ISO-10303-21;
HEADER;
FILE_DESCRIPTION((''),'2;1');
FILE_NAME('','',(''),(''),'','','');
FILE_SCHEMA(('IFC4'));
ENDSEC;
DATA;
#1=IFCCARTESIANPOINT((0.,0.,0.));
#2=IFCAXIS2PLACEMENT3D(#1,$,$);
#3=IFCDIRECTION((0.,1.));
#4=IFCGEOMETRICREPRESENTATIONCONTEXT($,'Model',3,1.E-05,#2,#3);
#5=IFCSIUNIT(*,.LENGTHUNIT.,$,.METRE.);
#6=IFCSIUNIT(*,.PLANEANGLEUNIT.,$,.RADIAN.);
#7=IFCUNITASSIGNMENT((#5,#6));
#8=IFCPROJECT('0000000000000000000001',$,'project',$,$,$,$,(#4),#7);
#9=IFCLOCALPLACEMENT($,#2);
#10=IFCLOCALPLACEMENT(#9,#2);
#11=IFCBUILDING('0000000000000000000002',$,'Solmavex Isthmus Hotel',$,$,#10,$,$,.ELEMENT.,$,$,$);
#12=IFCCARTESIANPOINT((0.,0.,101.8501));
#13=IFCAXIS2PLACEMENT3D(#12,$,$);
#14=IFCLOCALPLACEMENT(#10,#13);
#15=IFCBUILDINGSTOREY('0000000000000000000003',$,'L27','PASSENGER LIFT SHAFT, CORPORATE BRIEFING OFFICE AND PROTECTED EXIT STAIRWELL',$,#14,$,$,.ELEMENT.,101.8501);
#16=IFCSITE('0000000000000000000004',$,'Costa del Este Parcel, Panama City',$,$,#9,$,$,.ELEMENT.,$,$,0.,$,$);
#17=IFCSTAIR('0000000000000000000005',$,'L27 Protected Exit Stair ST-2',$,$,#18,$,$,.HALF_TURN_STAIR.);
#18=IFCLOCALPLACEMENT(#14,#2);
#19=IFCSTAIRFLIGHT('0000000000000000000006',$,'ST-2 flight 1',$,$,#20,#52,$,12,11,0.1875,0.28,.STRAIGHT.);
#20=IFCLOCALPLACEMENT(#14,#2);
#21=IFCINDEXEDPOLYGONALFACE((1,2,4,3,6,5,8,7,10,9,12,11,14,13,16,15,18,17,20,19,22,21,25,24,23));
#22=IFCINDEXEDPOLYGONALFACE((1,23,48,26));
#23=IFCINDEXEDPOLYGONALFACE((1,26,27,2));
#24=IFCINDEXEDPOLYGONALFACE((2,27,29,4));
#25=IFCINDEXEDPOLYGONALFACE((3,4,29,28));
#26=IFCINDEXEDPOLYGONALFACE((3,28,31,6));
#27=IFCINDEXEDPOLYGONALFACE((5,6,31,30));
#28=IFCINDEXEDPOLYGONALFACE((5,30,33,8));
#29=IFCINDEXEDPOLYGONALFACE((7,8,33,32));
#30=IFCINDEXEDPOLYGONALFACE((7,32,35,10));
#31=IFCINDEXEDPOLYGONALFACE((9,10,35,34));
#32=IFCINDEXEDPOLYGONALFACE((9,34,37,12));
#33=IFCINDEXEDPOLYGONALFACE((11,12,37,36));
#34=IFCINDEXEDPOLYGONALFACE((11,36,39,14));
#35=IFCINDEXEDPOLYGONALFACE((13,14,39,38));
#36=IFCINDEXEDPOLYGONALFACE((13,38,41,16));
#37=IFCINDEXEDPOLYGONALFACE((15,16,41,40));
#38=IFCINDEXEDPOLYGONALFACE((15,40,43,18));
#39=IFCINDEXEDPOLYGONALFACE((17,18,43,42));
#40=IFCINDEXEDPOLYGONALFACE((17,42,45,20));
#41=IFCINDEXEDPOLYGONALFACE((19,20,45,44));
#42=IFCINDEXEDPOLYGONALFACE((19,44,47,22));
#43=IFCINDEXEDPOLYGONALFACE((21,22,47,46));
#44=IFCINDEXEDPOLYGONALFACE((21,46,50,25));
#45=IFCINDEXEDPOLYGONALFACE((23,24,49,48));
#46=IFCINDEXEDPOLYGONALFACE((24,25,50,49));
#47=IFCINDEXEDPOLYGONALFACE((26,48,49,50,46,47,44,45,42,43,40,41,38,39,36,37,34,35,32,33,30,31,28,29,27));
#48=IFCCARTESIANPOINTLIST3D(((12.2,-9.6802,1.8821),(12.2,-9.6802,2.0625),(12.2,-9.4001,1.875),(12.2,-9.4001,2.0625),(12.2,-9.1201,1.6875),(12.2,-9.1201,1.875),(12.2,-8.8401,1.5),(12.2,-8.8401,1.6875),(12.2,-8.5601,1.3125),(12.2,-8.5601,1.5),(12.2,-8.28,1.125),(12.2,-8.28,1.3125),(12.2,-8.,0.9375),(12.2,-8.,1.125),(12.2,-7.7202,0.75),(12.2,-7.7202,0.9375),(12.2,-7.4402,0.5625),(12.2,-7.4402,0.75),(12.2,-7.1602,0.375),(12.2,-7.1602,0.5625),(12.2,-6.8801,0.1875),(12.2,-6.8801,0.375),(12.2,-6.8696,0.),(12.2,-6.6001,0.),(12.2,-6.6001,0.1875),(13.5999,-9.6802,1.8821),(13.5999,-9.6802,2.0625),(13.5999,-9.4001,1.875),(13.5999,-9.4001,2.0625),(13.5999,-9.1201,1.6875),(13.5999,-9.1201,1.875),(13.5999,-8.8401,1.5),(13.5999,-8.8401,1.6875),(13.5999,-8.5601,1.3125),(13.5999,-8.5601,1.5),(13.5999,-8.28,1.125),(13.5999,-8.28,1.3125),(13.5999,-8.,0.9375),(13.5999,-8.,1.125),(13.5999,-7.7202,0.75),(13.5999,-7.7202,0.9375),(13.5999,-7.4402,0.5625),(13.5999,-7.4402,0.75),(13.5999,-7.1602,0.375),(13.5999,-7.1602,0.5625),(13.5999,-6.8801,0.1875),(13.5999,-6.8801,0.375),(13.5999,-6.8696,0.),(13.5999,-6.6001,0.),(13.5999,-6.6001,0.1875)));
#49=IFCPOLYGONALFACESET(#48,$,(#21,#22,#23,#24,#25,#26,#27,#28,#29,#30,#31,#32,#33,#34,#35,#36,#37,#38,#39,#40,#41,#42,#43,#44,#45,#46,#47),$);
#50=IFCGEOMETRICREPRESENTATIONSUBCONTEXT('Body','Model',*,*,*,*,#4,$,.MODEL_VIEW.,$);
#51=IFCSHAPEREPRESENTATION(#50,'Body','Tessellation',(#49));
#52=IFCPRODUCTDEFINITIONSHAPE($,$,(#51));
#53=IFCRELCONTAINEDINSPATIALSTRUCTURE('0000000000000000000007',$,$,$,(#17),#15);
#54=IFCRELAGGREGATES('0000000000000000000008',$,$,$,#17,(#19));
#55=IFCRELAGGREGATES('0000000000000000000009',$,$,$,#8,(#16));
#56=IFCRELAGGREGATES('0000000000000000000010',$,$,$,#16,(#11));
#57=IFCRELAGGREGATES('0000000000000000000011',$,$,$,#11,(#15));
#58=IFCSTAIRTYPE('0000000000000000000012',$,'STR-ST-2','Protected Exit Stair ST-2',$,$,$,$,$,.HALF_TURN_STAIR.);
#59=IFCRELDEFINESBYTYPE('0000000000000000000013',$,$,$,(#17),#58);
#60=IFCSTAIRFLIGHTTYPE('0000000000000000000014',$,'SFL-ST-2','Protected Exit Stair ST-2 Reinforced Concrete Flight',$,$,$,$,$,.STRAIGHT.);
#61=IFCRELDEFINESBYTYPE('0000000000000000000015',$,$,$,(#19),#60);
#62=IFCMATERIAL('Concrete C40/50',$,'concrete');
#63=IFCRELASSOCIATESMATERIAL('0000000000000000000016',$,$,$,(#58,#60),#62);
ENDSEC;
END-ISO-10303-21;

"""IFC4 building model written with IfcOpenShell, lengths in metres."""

from ifc_helpers import new_model, si_unit, direction, frame, origin, place, context, subcontext, project, spatial, polyline, outline, extrude, material, type_object, element, aggregate, save


model = new_model("IFC4")

# Units and contexts
model_context = context("Model", 3, precision=1e-05, world=origin(), true_north=direction((0.0, 1.0)))
body_context = subcontext(model_context, "Body", "Model", "MODEL_VIEW")
ifc_project = project(units=[si_unit("LENGTHUNIT", "METRE"), si_unit("PLANEANGLEUNIT", "RADIAN")], contexts=[model_context])

# Site, building, storey
site_placement = place(None, origin())
site = spatial("IfcSite", under=ifc_project, at=site_placement, Name="Costa del Este Parcel, Panama City", CompositionType="ELEMENT", RefElevation=0.0)
building_placement = place(site_placement, origin())
building = spatial("IfcBuilding", under=site, at=building_placement, Name="Solmavex Isthmus Hotel", CompositionType="ELEMENT")
storey_placement = place(building_placement, frame((0.0, 0.0, 101.8501)))
storey = spatial("IfcBuildingStorey", under=building, at=storey_placement, Name="L27", Description="PASSENGER LIFT SHAFT, CORPORATE BRIEFING OFFICE AND PROTECTED EXIT STAIRWELL", CompositionType="ELEMENT", Elevation=101.8501)

# Shared definitions
ifc_material_1 = material(Name="Concrete C40/50", Category="concrete")

# Stair, stair flight
stair_type = type_object("IfcStairType", Name="STR-ST-2", Description="Protected Exit Stair ST-2", PredefinedType="HALF_TURN_STAIR", material=ifc_material_1)
stair_placement = place(storey_placement, origin())
stair = element("IfcStair", 1, at=stair_placement, inside=storey, type_object=stair_type, Name="L27 Protected Exit Stair ST-2", PredefinedType="HALF_TURN_STAIR")
stair_flight_type = type_object("IfcStairFlightType", Name="SFL-ST-2", Description="Protected Exit Stair ST-2 Reinforced Concrete Flight", PredefinedType="STRAIGHT", material=ifc_material_1)
stair_flight_placement = place(storey_placement, frame((12.8999, -6.6001, 0.0), z_axis=(0.0, 0.0, 1.0), x_axis=(0.0, -1.0, 0.0)))
stair_flight = element("IfcStairFlight", 2, at=stair_flight_placement, type_object=stair_flight_type, Name="ST-2 flight 1", NumberOfRisers=12, NumberOfTreads=11, PredefinedType="STRAIGHT", RiserHeight=0.1875, TreadLength=0.28, context=body_context, shape_type="SweptSolid", body=[
    extrude(outline(polyline([(0.0, 0.0), (0.0, 0.1875), (0.28, 0.1875), (0.28, 0.375), (0.5601, 0.375), (0.5601, 0.5625), (0.8401, 0.5625), (0.8401, 0.75), (1.1201, 0.75), (1.1201, 0.9375), (1.3999, 0.9375), (1.3999, 1.125), (1.6799, 1.125), (1.6799, 1.3125), (1.96, 1.3125), (1.96, 1.5), (2.24, 1.5), (2.24, 1.6875), (2.52, 1.6875), (2.52, 1.875), (2.8, 1.875), (2.8, 2.0625), (3.0801, 2.0625), (3.0801, 2.25), (3.0801, 1.8821), (0.2695, 0.0), (0.0, 0.0)])), frame((0.0, 0.7, 0.0), z_axis=(0.0, -1.0, 0.0), x_axis=(1.0, 0.0, 0.0)), (0.0, 0.0, 1.0), 1.3999),
])
aggregate(stair, [stair_flight])

save(model, "model.ifc")
